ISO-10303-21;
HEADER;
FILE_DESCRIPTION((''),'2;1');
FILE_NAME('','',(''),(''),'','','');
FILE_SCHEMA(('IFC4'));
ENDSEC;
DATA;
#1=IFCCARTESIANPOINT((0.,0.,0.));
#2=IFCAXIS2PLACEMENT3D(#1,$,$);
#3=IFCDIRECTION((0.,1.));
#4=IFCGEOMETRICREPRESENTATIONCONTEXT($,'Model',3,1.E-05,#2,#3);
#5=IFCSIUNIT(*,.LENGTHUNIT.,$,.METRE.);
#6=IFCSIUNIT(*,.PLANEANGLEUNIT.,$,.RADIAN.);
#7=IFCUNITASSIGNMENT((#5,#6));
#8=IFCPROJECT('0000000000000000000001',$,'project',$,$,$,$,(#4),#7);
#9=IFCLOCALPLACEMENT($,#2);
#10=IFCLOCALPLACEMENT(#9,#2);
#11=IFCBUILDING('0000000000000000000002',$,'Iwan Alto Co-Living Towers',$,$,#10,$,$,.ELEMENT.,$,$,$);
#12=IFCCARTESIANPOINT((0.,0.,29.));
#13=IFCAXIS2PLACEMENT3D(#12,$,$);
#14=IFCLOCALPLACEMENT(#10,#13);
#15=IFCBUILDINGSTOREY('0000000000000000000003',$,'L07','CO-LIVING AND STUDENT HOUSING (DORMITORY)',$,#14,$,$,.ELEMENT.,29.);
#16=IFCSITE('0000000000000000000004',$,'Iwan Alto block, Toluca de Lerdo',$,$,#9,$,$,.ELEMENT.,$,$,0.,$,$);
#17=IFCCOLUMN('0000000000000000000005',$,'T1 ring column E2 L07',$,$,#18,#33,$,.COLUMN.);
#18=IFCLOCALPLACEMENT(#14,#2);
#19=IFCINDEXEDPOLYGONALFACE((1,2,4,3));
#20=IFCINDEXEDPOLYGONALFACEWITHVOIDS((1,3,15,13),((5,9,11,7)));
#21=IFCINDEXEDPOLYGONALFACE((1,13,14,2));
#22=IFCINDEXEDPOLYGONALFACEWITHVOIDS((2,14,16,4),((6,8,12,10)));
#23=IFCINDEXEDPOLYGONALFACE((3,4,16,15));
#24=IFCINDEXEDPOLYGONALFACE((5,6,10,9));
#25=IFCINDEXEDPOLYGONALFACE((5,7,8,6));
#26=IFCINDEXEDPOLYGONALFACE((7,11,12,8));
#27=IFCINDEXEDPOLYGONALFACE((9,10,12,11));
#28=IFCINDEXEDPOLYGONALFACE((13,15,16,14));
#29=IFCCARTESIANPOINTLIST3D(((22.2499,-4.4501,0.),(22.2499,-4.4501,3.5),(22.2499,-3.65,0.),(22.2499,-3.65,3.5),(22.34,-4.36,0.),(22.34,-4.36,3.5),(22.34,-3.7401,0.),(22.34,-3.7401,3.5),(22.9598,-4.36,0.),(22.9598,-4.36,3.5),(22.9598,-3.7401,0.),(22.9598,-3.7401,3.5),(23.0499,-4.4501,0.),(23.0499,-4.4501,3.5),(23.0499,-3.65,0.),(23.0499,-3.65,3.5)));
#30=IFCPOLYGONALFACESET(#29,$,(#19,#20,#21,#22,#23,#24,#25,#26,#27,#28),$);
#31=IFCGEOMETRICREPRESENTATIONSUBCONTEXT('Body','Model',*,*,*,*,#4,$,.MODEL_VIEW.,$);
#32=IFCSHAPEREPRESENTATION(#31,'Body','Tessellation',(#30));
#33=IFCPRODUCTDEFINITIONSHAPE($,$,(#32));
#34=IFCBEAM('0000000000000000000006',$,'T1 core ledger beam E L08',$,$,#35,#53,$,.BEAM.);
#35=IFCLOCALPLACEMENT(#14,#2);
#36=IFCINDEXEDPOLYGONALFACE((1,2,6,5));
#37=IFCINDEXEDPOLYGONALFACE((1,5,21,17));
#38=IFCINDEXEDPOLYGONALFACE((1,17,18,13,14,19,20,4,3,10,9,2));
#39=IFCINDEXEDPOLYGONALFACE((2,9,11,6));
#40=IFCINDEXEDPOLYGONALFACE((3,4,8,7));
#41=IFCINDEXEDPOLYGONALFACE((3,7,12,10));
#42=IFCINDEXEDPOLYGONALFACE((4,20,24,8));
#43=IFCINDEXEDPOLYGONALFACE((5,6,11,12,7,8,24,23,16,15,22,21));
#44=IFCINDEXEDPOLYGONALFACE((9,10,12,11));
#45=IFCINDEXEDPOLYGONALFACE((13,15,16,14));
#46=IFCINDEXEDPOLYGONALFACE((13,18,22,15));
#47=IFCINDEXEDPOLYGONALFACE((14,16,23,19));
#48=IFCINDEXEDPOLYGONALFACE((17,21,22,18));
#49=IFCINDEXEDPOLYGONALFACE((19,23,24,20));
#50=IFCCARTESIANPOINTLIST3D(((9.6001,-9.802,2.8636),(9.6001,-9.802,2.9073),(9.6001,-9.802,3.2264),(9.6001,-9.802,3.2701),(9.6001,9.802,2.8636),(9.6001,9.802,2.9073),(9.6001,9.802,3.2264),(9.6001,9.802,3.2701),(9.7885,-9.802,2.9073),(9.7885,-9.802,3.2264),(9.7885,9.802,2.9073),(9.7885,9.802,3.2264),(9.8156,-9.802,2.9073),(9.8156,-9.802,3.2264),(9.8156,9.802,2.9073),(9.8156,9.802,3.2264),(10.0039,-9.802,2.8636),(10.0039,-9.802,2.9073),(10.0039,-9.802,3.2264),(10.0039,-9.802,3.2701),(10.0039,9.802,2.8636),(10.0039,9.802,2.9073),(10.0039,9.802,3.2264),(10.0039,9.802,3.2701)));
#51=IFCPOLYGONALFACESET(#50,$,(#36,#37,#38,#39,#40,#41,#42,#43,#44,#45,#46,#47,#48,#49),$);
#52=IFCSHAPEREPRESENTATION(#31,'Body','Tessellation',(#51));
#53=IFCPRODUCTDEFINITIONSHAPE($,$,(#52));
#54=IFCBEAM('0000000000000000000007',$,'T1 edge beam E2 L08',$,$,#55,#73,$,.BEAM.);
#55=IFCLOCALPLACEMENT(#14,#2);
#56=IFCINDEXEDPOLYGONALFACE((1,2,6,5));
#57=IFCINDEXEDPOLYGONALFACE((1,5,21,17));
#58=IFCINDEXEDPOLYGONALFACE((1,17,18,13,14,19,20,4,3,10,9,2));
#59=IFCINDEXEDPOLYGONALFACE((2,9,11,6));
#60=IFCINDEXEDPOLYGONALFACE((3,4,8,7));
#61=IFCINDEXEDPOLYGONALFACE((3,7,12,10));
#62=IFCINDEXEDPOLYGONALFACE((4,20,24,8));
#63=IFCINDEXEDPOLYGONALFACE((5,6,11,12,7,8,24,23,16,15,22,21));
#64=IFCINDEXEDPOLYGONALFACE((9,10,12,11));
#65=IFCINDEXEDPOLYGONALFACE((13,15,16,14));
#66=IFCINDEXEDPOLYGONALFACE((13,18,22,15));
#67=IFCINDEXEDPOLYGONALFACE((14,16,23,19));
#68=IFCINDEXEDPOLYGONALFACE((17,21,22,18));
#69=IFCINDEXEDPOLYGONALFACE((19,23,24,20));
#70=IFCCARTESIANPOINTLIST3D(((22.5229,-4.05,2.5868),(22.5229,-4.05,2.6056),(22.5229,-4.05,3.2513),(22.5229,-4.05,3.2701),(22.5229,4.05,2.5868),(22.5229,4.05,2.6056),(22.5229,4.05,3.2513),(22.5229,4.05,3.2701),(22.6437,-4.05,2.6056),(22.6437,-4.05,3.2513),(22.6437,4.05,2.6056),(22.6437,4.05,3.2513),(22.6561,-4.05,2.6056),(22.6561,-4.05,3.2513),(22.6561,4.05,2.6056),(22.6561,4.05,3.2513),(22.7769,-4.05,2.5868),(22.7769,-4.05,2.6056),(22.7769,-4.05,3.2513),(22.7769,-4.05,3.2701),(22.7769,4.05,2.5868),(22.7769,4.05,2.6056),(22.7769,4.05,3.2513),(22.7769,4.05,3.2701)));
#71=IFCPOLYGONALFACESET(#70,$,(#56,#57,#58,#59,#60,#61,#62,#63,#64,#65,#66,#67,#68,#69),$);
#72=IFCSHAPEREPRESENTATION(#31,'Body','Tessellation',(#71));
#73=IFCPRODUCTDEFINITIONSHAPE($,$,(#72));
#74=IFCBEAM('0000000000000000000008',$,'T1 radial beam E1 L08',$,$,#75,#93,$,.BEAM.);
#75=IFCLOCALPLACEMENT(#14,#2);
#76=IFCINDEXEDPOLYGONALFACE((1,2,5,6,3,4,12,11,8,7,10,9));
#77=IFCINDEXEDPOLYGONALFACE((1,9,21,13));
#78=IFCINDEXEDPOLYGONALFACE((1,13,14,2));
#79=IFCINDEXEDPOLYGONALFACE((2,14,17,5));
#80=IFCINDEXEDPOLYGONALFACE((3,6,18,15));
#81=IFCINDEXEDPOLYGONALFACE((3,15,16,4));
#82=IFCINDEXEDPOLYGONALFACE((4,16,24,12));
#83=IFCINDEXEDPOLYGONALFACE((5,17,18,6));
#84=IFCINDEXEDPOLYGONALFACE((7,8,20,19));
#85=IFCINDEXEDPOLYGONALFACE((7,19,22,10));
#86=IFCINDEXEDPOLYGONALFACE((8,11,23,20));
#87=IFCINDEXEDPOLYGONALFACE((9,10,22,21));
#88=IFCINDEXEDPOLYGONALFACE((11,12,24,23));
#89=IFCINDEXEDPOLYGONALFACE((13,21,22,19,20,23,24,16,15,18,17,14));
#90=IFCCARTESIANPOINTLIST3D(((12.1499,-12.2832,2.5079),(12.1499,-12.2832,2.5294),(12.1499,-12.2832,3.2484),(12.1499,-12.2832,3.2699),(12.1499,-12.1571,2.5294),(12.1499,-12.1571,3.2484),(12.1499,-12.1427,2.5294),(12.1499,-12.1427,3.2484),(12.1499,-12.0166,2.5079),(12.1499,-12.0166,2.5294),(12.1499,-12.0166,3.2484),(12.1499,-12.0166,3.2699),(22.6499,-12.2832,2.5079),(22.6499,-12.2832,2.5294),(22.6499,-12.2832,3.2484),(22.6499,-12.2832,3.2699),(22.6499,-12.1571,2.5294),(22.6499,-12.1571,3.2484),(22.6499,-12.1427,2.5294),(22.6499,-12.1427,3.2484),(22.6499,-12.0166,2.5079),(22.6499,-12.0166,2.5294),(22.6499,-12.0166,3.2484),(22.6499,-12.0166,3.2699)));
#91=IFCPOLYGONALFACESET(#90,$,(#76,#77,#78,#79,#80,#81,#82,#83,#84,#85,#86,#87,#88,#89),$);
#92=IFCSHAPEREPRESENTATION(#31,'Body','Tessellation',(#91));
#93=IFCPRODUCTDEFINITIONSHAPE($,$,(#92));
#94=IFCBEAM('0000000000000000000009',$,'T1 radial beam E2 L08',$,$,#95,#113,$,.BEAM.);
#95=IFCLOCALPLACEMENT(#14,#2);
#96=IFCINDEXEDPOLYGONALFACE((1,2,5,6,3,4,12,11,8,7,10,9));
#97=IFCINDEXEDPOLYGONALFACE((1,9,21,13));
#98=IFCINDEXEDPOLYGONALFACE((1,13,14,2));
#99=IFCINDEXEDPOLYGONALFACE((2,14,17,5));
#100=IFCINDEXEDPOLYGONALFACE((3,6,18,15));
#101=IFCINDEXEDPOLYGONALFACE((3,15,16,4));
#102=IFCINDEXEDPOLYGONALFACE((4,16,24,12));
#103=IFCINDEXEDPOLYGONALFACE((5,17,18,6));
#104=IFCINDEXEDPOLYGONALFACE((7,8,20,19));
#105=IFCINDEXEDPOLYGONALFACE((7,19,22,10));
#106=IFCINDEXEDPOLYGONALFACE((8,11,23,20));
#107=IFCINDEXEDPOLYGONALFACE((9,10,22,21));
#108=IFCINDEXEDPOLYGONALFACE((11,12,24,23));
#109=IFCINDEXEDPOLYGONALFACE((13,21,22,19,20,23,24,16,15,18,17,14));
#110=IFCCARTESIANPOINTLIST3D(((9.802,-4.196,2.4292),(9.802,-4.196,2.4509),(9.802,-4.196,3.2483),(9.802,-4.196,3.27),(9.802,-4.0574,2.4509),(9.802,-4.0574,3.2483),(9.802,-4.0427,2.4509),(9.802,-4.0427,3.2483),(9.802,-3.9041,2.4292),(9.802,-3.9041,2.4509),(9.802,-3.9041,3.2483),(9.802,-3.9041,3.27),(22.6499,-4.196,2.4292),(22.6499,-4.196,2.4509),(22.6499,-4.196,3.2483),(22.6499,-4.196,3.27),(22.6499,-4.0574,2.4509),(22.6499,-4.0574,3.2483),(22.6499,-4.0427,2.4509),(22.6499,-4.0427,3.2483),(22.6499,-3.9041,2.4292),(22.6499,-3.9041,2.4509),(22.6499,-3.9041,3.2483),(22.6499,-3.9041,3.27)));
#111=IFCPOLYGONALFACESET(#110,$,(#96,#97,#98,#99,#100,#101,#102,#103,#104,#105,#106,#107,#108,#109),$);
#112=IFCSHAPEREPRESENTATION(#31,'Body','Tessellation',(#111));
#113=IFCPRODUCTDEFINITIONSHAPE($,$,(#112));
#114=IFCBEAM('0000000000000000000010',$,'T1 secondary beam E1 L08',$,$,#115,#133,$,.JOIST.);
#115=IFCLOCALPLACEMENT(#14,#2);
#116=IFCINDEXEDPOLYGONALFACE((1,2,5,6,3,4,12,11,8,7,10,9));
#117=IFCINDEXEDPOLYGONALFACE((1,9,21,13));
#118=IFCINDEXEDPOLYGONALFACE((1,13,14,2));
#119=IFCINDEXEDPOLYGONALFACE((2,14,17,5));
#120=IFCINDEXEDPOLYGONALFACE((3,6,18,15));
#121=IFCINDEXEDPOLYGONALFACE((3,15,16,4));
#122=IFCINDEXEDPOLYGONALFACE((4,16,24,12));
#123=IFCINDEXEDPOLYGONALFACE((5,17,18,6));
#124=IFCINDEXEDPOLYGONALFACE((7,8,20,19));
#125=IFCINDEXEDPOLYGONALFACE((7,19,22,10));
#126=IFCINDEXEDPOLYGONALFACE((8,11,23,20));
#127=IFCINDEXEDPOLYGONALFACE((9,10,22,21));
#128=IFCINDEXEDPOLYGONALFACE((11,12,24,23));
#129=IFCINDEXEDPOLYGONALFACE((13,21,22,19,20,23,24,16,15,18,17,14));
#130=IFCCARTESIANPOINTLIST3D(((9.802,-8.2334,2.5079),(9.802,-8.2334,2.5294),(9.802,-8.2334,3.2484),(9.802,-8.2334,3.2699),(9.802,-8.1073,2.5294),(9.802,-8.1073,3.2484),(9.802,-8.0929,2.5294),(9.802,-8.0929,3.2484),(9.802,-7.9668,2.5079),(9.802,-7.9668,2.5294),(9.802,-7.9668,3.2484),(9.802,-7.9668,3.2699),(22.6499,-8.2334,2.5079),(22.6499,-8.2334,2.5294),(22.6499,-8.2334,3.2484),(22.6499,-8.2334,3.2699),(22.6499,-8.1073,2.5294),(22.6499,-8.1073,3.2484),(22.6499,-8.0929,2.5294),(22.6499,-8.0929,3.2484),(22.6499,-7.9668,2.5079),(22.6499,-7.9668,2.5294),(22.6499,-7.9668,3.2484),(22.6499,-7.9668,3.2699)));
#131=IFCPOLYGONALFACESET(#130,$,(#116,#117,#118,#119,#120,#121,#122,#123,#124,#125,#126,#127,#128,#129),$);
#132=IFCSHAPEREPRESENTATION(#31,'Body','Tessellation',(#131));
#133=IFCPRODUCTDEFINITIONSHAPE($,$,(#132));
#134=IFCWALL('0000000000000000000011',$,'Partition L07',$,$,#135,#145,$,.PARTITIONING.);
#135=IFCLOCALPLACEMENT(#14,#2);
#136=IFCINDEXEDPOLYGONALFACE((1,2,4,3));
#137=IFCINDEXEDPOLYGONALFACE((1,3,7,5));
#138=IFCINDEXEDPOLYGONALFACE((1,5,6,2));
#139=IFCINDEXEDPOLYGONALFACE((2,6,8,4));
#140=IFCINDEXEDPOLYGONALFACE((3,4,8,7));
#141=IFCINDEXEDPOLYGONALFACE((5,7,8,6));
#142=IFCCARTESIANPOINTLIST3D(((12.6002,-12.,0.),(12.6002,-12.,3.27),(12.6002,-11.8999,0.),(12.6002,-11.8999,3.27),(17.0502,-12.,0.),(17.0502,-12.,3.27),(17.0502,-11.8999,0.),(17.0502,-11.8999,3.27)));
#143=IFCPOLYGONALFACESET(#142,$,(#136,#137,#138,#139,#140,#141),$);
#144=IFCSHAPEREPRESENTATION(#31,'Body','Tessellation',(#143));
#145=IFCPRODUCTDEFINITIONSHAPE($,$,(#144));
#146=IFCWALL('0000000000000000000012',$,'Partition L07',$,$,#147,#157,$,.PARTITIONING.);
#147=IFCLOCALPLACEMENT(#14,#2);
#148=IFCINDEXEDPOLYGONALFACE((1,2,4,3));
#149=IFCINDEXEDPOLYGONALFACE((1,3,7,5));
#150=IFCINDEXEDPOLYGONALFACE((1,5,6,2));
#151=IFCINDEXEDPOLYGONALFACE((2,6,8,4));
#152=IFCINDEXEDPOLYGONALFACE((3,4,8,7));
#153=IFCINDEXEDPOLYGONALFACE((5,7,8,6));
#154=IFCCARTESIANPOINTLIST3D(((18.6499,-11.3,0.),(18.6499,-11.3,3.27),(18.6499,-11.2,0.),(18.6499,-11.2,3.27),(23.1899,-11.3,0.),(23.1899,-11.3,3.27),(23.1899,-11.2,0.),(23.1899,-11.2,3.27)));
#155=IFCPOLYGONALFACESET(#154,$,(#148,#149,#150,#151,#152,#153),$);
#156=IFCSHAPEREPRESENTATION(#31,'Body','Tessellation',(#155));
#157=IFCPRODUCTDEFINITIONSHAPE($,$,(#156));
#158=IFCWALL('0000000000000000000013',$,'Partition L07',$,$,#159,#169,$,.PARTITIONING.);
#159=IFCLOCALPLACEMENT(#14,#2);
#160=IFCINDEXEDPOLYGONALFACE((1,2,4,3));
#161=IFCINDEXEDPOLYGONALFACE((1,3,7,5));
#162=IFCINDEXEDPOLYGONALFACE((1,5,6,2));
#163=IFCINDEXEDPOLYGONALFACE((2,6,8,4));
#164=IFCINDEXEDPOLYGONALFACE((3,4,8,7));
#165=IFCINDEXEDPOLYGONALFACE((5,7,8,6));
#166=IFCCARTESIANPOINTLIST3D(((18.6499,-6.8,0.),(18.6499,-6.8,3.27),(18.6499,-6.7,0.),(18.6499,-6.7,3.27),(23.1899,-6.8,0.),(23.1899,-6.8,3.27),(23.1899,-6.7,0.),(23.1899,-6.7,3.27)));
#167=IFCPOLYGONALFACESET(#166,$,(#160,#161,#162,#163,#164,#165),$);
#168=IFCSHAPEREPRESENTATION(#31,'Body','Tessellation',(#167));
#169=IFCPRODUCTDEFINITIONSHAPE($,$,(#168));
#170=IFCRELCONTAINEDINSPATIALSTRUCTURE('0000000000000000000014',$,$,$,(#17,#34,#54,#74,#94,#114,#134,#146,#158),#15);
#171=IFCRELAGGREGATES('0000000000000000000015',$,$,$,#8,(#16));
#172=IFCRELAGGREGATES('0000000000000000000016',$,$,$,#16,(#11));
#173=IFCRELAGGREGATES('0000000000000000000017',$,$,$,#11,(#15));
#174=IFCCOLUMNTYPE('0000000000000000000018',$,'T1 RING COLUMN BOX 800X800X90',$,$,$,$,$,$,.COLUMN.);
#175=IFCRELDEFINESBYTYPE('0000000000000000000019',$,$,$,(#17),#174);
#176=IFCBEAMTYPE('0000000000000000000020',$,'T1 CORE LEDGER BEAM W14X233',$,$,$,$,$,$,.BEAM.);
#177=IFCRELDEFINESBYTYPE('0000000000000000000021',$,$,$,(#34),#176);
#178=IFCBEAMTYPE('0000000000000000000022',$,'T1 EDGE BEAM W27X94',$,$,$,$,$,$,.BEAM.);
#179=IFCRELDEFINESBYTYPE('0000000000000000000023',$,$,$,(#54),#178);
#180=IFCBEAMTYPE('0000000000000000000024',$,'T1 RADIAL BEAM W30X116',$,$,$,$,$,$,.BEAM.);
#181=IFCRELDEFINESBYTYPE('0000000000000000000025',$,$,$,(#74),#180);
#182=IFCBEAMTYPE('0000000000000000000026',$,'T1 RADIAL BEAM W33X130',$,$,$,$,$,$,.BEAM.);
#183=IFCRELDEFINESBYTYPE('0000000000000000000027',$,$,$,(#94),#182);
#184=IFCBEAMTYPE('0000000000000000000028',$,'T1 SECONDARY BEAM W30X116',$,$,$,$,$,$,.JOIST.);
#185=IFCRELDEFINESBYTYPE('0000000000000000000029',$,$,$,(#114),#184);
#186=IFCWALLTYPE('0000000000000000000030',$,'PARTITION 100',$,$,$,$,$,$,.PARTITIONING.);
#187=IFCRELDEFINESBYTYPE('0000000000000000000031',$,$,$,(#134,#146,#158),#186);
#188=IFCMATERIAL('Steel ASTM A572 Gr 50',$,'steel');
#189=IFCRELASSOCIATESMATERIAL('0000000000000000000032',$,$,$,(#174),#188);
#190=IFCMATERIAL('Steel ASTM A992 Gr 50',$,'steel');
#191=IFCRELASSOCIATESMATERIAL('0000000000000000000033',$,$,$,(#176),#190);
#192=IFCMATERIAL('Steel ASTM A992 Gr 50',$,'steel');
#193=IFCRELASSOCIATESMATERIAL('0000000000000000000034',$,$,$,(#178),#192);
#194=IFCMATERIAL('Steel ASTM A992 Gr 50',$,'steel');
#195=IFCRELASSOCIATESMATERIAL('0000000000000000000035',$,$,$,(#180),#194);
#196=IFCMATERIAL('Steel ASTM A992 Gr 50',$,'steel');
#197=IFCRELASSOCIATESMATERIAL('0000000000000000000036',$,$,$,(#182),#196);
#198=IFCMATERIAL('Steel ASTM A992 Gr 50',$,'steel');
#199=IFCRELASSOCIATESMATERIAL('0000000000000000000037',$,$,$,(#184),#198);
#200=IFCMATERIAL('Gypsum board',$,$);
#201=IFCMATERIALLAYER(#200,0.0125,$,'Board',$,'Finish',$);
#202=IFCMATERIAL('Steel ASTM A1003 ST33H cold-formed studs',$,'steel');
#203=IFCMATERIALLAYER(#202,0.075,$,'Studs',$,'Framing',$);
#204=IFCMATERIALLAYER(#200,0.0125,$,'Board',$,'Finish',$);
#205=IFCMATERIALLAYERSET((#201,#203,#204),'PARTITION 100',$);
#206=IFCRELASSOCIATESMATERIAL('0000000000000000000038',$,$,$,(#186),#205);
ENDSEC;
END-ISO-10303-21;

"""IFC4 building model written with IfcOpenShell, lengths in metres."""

from ifc_helpers import new_model, si_unit, direction, frame, frame_2d, origin, origin_2d, place, context, subcontext, project, spatial, rectangle, hollow_rectangle, i_section, extrude, material, layer, layer_set, material_profile, profile_set, type_object, element, save


model = new_model("IFC4")

# Units and contexts
model_context = context("Model", 3, precision=1e-05, world=origin(), true_north=direction((0.0, 1.0)))
body_context = subcontext(model_context, "Body", "Model", "MODEL_VIEW")
ifc_project = project(units=[si_unit("LENGTHUNIT", "METRE"), si_unit("PLANEANGLEUNIT", "RADIAN")], contexts=[model_context])

# Site, building, storey
site_placement = place(None, origin())
site = spatial("IfcSite", under=ifc_project, at=site_placement, Name="Iwan Alto block, Toluca de Lerdo", CompositionType="ELEMENT", RefElevation=0.0)
building_placement = place(site_placement, origin())
building = spatial("IfcBuilding", under=site, at=building_placement, Name="Iwan Alto Co-Living Towers", CompositionType="ELEMENT")
storey_placement = place(building_placement, frame((0.0, 0.0, 29.0)))
storey = spatial("IfcBuildingStorey", under=building, at=storey_placement, Name="L07", Description="CO-LIVING AND STUDENT HOUSING (DORMITORY)", CompositionType="ELEMENT", Elevation=29.0)

# Column
ifc_material_1 = material(Name="Steel ASTM A572 Gr 50", Category="steel")
ifc_material_profile_1 = material_profile(ifc_material_1, hollow_rectangle(XDim=0.8, YDim=0.8, WallThickness=0.0901, at=origin_2d()), Name="BOX 800X800X90")
ifc_profile_set_1 = profile_set([ifc_material_profile_1], Name="Steel ASTM A572 Gr 50")
column_type = type_object("IfcColumnType", Name="T1 RING COLUMN BOX 800X800X90", PredefinedType="COLUMN", material=ifc_profile_set_1)
column_placement = place(storey_placement, frame((22.6499, -4.05, 0.0), z_axis=(0.0, 0.0, 1.0), x_axis=(1.0, 0.0, 0.0)))
element("IfcColumn", 1, at=column_placement, inside=storey, type_object=column_type, Name="T1 ring column E2 L07", PredefinedType="COLUMN", context=body_context, shape_type="SweptSolid", body=[
    extrude(hollow_rectangle(XDim=0.8, YDim=0.8, WallThickness=0.0901, at=origin_2d()), origin(), (0.0, 0.0, 1.0), 3.5),
])

# Beams
ifc_material_2 = material(Name="Steel ASTM A992 Gr 50", Category="steel")
ifc_material_profile_2 = material_profile(ifc_material_2, i_section(OverallWidth=0.4038, OverallDepth=0.4065, WebThickness=0.0271, FlangeThickness=0.0437, at=origin_2d()), Name="W14X233")
ifc_profile_set_2 = profile_set([ifc_material_profile_2], Name="Steel ASTM A992 Gr 50")
beam_type_1 = type_object("IfcBeamType", Name="T1 CORE LEDGER BEAM W14X233", PredefinedType="BEAM", material=ifc_profile_set_2)
beam_1_placement = place(storey_placement, frame((9.802, -9.802, 3.0669), z_axis=(0.0, 1.0, 0.0), x_axis=(-1.0, 0.0, 0.0)))
element("IfcBeam", 2, at=beam_1_placement, inside=storey, type_object=beam_type_1, Name="T1 core ledger beam E L08", PredefinedType="BEAM", context=body_context, shape_type="SweptSolid", body=[
    extrude(i_section(OverallWidth=0.4038, OverallDepth=0.4065, WebThickness=0.0271, FlangeThickness=0.0437, at=origin_2d()), origin(), (0.0, 0.0, 1.0), 19.604),
])
ifc_material_3 = material(Name="Steel ASTM A992 Gr 50", Category="steel")
ifc_material_profile_3 = material_profile(ifc_material_3, i_section(OverallWidth=0.2539, OverallDepth=0.6833, WebThickness=0.0125, FlangeThickness=0.0188, at=origin_2d()), Name="W27X94")
ifc_profile_set_3 = profile_set([ifc_material_profile_3], Name="Steel ASTM A992 Gr 50")
beam_type_2 = type_object("IfcBeamType", Name="T1 EDGE BEAM W27X94", PredefinedType="BEAM", material=ifc_profile_set_3)
beam_2_placement = place(storey_placement, frame((22.6499, -4.05, 2.9285), z_axis=(0.0, 1.0, 0.0), x_axis=(-1.0, 0.0, 0.0)))
element("IfcBeam", 3, at=beam_2_placement, inside=storey, type_object=beam_type_2, Name="T1 edge beam E2 L08", PredefinedType="BEAM", context=body_context, shape_type="SweptSolid", body=[
    extrude(i_section(OverallWidth=0.2539, OverallDepth=0.6833, WebThickness=0.0125, FlangeThickness=0.0188, at=origin_2d()), origin(), (0.0, 0.0, 1.0), 8.1001),
])
ifc_material_4 = material(Name="Steel ASTM A992 Gr 50", Category="steel")
ifc_material_profile_4 = material_profile(ifc_material_4, i_section(OverallWidth=0.2666, OverallDepth=0.762, WebThickness=0.0144, FlangeThickness=0.0215, at=origin_2d()), Name="W30X116")
ifc_profile_set_4 = profile_set([ifc_material_profile_4], Name="Steel ASTM A992 Gr 50")
beam_type_3 = type_object("IfcBeamType", Name="T1 RADIAL BEAM W30X116", PredefinedType="BEAM", material=ifc_profile_set_4)
beam_3_placement = place(storey_placement, frame((22.6499, -12.1499, 2.8889), z_axis=(-1.0, 0.0, 0.0), x_axis=(0.0, -1.0, 0.0)))
element("IfcBeam", 4, at=beam_3_placement, inside=storey, type_object=beam_type_3, Name="T1 radial beam E1 L08", PredefinedType="BEAM", context=body_context, shape_type="SweptSolid", body=[
    extrude(i_section(OverallWidth=0.2666, OverallDepth=0.762, WebThickness=0.0144, FlangeThickness=0.0215, at=origin_2d()), origin(), (0.0, 0.0, 1.0), 10.5),
])
ifc_material_5 = material(Name="Steel ASTM A992 Gr 50", Category="steel")
ifc_material_profile_5 = material_profile(ifc_material_5, i_section(OverallWidth=0.292, OverallDepth=0.8408, WebThickness=0.0146, FlangeThickness=0.0217, at=origin_2d()), Name="W33X130")
ifc_profile_set_5 = profile_set([ifc_material_profile_5], Name="Steel ASTM A992 Gr 50")
beam_type_4 = type_object("IfcBeamType", Name="T1 RADIAL BEAM W33X130", PredefinedType="BEAM", material=ifc_profile_set_5)
beam_4_placement = place(storey_placement, frame((22.6499, -4.05, 2.8496), z_axis=(-1.0, 0.0, 0.0), x_axis=(0.0, -1.0, 0.0)))
element("IfcBeam", 5, at=beam_4_placement, inside=storey, type_object=beam_type_4, Name="T1 radial beam E2 L08", PredefinedType="BEAM", context=body_context, shape_type="SweptSolid", body=[
    extrude(i_section(OverallWidth=0.292, OverallDepth=0.8408, WebThickness=0.0146, FlangeThickness=0.0217, at=origin_2d()), origin(), (0.0, 0.0, 1.0), 12.8479),
])
ifc_material_6 = material(Name="Steel ASTM A992 Gr 50", Category="steel")
ifc_material_profile_6 = material_profile(ifc_material_6, i_section(OverallWidth=0.2666, OverallDepth=0.762, WebThickness=0.0144, FlangeThickness=0.0215, at=origin_2d()), Name="W30X116")
ifc_profile_set_6 = profile_set([ifc_material_profile_6], Name="Steel ASTM A992 Gr 50")
beam_type_5 = type_object("IfcBeamType", Name="T1 SECONDARY BEAM W30X116", PredefinedType="JOIST", material=ifc_profile_set_6)
beam_5_placement = place(storey_placement, frame((22.6499, -8.1001, 2.8889), z_axis=(-1.0, 0.0, 0.0), x_axis=(0.0, -1.0, 0.0)))
element("IfcBeam", 6, at=beam_5_placement, inside=storey, type_object=beam_type_5, Name="T1 secondary beam E1 L08", PredefinedType="JOIST", context=body_context, shape_type="SweptSolid", body=[
    extrude(i_section(OverallWidth=0.2666, OverallDepth=0.762, WebThickness=0.0144, FlangeThickness=0.0215, at=origin_2d()), origin(), (0.0, 0.0, 1.0), 12.8479),
])

# Walls
ifc_material_7 = material(Name="Gypsum board")
ifc_layer_1 = layer(ifc_material_7, 0.0125, Name="Board", Category="Finish")
ifc_material_8 = material(Name="Steel ASTM A1003 ST33H cold-formed studs", Category="steel")
ifc_layer_2 = layer(ifc_material_8, 0.075, Name="Studs", Category="Framing")
ifc_layer_3 = layer(ifc_material_7, 0.0125, Name="Board", Category="Finish")
ifc_layer_set = layer_set([ifc_layer_1, ifc_layer_2, ifc_layer_3], Name="PARTITION 100")
wall_type = type_object("IfcWallType", Name="PARTITION 100", PredefinedType="PARTITIONING", material=ifc_layer_set)
wall_1_placement = place(storey_placement, frame((12.6001, -11.95, 0.0), z_axis=(0.0, 0.0, 1.0), x_axis=(1.0, 0.0, 0.0)))
element("IfcWall", 7, at=wall_1_placement, inside=storey, type_object=wall_type, Name="Partition L07", PredefinedType="PARTITIONING", context=body_context, shape_type="SweptSolid", body=[
    extrude(rectangle(XDim=4.45, YDim=0.1001, at=frame_2d((2.2251, 0.0))), origin(), (0.0, 0.0, 1.0), 3.27),
])
for number, where, z_axis, x_axis, name in (
    (8, (18.6499, -11.25, 0.0), (0.0, 0.0, 1.0), (1.0, 0.0, 0.0), "Partition L07"),
    (9, (18.6499, -6.75, 0.0), (0.0, 0.0, 1.0), (1.0, 0.0, 0.0), "Partition L07"),
):
    element("IfcWall", number, at=place(storey_placement, frame(where, z_axis=z_axis, x_axis=x_axis)), inside=storey, type_object=wall_type, Name=name, PredefinedType="PARTITIONING", context=body_context, shape_type="SweptSolid", body=[
        extrude(rectangle(XDim=4.54, YDim=0.1001, at=frame_2d((2.27, 0.0))), origin(), (0.0, 0.0, 1.0), 3.27),
    ])

save(model, "model.ifc")
